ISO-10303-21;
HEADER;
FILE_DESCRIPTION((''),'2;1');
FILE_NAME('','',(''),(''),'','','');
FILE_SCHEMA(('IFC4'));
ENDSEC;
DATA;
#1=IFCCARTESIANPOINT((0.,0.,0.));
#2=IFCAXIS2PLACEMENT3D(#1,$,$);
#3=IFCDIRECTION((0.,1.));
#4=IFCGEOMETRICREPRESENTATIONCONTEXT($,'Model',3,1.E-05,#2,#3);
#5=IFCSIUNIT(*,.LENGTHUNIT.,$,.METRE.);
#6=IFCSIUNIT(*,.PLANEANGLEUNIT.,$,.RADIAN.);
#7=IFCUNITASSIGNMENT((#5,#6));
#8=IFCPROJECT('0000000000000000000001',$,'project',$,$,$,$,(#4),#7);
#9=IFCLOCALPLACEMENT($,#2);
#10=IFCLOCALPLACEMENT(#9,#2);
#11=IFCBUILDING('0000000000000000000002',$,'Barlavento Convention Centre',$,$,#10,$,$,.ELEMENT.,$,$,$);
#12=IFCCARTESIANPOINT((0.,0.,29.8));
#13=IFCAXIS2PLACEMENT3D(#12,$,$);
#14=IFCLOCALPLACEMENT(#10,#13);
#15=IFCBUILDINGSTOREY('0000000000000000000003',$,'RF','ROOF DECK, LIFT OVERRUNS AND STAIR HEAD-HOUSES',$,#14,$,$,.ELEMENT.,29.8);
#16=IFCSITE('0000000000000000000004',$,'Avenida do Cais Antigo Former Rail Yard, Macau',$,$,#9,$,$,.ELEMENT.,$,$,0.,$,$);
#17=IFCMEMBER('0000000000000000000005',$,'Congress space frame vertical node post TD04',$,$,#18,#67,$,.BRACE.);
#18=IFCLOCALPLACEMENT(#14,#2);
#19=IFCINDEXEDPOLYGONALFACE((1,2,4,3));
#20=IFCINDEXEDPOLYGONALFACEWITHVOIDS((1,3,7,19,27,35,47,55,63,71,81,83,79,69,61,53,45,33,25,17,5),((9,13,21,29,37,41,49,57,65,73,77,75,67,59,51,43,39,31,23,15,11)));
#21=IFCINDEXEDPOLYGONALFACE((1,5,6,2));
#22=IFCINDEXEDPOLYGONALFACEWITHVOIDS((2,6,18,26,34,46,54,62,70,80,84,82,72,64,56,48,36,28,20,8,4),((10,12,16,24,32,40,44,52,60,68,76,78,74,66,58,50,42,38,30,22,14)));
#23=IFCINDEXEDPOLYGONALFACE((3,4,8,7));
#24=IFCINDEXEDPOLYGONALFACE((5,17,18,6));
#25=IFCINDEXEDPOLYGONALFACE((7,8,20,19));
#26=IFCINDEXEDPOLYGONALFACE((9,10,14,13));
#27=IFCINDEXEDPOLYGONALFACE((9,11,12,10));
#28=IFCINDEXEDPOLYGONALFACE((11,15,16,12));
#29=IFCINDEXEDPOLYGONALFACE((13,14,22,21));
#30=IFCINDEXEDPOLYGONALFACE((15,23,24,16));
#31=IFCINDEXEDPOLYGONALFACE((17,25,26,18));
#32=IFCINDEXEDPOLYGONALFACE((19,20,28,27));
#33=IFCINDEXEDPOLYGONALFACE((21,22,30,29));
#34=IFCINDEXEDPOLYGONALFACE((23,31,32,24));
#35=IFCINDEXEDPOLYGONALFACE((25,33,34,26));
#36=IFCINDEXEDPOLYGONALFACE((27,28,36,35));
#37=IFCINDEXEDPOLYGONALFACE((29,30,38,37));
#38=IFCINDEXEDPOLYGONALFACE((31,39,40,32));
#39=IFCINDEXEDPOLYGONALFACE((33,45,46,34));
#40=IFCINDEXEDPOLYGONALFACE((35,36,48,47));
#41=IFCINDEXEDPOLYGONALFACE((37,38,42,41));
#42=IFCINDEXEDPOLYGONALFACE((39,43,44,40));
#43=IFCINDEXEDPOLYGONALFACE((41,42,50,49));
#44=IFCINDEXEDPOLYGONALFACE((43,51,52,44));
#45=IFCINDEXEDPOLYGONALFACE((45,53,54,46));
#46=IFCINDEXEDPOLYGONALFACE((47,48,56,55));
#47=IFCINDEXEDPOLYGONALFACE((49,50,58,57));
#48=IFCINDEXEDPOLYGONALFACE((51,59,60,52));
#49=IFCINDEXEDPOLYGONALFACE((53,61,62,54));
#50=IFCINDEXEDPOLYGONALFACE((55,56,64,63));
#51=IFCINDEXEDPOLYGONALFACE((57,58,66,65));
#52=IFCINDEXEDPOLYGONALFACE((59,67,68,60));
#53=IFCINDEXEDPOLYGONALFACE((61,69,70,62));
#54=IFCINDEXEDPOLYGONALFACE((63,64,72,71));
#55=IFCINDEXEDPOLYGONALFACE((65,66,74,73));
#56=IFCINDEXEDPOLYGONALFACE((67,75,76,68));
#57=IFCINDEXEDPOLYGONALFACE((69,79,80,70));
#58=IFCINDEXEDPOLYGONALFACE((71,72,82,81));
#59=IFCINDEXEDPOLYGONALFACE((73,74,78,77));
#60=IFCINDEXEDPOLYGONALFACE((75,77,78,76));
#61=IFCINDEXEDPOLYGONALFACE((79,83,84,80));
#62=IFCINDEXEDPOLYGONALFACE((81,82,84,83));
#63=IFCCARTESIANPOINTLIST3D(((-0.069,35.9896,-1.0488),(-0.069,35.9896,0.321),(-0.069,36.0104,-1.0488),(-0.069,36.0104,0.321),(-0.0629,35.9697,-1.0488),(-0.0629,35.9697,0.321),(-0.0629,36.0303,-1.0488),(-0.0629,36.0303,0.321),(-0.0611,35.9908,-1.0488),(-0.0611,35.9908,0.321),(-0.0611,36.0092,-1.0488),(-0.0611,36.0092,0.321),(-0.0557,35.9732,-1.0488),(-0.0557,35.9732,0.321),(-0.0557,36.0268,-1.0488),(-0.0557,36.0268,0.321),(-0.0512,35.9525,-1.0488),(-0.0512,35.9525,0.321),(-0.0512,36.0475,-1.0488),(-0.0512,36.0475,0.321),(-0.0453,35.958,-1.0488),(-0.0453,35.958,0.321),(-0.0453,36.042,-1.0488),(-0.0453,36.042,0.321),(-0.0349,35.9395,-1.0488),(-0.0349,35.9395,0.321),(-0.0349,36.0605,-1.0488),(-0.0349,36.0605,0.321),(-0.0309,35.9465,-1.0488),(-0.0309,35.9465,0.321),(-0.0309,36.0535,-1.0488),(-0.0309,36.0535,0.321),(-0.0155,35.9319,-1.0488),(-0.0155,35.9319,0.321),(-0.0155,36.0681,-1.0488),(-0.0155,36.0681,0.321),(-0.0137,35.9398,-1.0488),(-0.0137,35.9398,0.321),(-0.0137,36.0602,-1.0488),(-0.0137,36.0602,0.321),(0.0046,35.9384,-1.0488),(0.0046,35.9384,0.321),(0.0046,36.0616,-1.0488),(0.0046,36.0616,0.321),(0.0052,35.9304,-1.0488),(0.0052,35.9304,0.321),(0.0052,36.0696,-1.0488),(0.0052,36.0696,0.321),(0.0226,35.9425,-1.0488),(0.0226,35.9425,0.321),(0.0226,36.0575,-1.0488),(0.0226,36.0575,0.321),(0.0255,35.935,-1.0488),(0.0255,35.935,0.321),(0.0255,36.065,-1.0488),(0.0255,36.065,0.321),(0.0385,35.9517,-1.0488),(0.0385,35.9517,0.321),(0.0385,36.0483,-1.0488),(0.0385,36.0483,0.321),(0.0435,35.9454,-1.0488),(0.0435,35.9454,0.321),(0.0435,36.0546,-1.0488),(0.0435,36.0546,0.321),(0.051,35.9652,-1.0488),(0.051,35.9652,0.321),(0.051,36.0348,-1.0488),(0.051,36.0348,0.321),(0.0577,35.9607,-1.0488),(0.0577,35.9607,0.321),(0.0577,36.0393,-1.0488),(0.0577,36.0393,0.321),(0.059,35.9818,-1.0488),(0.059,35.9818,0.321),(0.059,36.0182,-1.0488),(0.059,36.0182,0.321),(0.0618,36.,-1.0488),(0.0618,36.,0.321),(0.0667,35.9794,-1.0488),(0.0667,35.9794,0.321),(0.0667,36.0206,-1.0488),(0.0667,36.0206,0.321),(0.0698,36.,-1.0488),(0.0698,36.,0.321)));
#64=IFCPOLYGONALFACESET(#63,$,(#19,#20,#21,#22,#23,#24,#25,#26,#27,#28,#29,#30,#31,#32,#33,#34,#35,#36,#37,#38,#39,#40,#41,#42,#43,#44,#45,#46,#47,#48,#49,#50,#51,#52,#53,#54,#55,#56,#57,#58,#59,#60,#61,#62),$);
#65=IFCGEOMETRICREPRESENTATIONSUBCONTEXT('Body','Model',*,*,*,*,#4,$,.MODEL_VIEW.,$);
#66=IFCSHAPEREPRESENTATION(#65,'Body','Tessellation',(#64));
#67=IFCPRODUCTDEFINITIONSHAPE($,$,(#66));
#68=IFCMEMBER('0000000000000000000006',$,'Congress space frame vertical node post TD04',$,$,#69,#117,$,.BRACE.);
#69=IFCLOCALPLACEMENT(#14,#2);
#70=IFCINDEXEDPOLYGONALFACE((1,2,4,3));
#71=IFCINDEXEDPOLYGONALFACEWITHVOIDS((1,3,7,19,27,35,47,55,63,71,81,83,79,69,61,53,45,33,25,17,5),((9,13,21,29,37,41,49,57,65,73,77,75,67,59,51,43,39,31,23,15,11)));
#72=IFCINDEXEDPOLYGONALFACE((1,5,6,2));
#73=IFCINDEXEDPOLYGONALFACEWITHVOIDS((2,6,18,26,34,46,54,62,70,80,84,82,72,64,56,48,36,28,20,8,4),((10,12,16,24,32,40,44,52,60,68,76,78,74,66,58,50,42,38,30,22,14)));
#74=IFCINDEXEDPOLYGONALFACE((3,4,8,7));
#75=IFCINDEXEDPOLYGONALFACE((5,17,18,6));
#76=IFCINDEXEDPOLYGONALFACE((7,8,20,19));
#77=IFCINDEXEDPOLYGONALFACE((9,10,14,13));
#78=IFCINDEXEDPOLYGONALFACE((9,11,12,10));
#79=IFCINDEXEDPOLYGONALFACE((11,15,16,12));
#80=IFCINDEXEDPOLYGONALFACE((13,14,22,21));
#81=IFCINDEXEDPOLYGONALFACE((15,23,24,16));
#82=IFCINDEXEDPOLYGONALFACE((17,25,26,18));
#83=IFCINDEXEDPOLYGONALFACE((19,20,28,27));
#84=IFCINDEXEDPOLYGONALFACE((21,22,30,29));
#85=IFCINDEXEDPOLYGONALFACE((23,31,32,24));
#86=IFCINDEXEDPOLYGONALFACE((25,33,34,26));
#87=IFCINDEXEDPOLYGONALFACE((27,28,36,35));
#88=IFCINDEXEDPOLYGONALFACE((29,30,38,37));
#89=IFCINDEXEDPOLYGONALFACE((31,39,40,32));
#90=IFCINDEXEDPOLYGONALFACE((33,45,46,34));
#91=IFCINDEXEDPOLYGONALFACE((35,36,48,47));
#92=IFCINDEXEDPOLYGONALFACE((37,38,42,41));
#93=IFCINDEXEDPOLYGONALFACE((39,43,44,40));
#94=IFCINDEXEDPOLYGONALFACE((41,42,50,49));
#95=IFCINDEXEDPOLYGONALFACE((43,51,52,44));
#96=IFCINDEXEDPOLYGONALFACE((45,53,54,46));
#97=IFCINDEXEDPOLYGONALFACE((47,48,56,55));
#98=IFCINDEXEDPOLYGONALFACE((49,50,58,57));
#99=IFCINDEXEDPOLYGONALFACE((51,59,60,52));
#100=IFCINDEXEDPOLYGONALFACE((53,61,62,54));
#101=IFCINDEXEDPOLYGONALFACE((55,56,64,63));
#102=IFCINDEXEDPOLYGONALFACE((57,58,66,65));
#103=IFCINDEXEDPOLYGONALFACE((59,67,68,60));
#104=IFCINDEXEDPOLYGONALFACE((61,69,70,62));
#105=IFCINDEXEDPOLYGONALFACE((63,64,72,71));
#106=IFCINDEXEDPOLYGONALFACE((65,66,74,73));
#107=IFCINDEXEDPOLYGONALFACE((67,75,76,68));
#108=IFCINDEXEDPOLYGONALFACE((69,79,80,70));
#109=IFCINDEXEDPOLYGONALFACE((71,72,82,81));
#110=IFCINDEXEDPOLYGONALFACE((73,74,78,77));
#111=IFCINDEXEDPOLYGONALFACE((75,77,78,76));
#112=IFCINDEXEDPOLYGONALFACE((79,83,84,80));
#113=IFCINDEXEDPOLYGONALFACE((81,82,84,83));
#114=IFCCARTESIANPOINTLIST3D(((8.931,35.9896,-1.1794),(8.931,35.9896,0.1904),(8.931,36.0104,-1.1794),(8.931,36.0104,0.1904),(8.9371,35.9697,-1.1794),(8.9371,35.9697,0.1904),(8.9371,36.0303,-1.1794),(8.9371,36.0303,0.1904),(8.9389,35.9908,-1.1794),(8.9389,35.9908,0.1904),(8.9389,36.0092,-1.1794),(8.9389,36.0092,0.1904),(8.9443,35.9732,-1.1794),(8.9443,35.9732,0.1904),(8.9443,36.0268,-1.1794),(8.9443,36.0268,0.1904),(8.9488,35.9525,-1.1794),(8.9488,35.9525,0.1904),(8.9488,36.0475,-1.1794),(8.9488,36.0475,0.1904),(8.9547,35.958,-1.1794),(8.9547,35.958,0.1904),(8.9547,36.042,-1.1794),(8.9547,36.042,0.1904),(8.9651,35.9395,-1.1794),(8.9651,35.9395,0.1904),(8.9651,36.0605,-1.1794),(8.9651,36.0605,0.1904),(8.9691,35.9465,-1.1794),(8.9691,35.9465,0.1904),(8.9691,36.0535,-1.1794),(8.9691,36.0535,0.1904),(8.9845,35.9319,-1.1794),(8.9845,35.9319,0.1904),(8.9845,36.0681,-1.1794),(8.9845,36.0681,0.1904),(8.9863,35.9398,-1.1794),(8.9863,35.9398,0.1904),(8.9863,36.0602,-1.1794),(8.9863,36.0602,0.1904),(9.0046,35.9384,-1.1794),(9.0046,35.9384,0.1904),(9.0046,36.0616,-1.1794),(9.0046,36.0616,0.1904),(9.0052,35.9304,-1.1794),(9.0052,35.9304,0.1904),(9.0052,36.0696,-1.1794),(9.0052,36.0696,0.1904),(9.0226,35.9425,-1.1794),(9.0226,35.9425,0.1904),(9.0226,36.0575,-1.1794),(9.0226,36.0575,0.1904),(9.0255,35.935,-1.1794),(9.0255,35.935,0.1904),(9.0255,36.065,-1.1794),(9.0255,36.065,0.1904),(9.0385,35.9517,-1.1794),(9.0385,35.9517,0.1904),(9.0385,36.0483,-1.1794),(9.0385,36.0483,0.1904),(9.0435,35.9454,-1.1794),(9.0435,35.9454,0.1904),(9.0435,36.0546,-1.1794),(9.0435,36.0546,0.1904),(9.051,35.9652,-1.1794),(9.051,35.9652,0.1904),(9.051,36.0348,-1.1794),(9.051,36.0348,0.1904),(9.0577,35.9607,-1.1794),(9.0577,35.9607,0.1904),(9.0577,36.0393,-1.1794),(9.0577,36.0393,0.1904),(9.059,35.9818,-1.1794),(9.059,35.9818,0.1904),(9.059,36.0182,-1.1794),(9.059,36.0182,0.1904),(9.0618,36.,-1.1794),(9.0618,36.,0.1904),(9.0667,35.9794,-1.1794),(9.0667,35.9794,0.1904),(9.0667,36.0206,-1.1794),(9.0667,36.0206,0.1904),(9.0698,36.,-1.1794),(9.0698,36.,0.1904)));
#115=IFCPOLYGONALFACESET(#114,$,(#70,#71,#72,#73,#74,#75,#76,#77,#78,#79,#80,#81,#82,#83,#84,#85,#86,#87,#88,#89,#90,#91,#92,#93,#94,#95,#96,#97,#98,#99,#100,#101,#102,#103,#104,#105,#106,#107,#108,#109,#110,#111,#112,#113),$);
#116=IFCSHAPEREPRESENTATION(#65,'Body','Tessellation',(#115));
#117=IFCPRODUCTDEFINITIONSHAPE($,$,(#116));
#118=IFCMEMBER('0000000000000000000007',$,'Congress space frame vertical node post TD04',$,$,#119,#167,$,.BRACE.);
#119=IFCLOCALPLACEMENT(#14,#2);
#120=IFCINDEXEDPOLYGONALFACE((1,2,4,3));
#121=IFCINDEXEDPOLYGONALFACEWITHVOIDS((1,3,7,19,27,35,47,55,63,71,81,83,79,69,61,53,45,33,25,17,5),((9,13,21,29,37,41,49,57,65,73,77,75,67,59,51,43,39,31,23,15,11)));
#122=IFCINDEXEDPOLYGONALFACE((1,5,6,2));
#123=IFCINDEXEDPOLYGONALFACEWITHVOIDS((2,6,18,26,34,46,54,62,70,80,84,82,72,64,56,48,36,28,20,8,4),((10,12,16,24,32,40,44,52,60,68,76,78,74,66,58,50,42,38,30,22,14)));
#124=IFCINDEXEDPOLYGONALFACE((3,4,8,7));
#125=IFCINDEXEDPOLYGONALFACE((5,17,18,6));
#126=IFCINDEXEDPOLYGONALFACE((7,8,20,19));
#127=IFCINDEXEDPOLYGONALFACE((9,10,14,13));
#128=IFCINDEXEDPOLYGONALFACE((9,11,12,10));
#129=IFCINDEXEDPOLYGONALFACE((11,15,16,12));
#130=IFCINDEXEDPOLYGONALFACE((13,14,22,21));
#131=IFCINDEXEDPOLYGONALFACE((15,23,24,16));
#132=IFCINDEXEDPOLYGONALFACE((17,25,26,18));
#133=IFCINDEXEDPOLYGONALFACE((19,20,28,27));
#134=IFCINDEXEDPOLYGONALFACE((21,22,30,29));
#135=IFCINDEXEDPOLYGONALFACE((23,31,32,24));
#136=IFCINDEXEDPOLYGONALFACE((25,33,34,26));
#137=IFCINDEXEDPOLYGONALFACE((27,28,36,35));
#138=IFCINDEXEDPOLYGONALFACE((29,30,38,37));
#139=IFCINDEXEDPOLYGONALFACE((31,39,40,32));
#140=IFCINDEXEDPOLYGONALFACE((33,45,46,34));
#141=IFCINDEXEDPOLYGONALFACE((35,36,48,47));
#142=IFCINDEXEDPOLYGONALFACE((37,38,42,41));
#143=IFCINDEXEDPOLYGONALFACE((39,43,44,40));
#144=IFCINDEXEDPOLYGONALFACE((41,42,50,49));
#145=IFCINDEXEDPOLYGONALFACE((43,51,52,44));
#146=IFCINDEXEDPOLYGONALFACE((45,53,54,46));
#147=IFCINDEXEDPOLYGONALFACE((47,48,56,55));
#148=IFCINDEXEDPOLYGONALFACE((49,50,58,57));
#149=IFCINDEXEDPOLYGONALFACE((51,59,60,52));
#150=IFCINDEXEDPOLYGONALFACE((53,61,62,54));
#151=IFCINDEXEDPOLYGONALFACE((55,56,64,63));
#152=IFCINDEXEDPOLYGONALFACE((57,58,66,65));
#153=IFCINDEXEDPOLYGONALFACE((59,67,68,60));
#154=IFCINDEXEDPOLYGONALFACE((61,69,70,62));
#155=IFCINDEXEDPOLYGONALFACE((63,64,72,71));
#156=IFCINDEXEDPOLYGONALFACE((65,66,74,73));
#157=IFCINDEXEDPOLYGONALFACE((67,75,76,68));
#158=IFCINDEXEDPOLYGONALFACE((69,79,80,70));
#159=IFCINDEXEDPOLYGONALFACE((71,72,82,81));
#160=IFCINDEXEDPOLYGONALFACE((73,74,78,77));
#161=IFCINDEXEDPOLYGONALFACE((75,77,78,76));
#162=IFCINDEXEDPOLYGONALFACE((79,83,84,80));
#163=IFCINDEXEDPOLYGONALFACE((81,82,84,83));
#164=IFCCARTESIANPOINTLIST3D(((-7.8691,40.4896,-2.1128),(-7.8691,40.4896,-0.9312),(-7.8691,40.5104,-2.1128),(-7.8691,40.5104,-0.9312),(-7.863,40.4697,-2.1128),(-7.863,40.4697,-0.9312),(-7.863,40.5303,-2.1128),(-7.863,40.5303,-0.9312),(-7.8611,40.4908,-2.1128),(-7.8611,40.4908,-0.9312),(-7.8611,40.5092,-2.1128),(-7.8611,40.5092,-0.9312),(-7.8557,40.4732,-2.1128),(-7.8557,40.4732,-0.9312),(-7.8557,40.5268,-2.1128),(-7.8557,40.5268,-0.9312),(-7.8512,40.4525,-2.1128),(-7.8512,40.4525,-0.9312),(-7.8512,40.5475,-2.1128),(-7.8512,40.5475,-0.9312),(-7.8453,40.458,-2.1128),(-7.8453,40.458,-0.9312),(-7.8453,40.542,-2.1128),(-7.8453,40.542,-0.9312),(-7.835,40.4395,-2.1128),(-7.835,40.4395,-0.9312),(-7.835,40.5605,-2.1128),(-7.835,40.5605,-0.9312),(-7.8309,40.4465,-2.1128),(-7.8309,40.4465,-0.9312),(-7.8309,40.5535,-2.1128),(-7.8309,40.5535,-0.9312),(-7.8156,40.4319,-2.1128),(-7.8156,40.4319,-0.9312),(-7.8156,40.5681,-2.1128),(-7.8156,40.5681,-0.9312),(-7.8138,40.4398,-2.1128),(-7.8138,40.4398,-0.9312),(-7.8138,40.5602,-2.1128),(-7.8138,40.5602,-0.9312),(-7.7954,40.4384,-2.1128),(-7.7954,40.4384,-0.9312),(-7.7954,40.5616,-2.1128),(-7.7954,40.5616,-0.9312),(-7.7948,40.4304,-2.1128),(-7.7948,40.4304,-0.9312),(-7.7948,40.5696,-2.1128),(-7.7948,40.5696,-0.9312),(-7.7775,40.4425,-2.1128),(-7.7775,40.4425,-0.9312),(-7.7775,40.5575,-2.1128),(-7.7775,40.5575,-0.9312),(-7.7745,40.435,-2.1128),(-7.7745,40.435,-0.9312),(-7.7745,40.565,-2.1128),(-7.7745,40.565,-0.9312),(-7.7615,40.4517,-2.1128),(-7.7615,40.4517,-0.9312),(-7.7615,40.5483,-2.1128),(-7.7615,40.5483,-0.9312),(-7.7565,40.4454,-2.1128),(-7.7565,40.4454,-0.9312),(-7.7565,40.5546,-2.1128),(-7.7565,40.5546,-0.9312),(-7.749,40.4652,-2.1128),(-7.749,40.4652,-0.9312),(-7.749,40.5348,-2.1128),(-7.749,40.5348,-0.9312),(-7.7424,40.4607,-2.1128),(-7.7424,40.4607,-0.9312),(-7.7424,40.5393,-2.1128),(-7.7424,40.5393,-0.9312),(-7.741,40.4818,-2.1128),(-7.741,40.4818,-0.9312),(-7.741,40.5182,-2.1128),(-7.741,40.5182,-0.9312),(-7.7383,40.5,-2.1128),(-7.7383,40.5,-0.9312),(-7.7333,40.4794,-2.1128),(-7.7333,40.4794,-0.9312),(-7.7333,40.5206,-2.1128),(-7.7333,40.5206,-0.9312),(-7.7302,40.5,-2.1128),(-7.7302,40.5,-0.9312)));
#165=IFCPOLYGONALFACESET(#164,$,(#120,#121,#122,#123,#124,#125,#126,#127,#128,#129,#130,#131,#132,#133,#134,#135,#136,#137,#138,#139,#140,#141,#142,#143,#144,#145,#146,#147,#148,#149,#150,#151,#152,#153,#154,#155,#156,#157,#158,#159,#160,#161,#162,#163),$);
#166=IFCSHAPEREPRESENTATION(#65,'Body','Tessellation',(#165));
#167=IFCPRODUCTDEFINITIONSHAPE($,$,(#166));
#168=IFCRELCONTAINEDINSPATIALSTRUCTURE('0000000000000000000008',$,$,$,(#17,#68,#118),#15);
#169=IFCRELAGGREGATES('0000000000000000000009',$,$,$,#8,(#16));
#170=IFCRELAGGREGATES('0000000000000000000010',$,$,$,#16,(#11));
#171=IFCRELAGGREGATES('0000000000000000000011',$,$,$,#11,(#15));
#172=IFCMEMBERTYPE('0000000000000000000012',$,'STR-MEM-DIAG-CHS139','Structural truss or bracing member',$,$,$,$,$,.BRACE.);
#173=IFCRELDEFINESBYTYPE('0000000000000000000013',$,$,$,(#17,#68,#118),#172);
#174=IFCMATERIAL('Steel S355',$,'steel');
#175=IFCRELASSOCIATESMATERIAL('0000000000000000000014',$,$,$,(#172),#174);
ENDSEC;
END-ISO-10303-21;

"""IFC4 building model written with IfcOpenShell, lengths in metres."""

from ifc_helpers import new_model, si_unit, direction, frame, origin, origin_2d, place, context, subcontext, project, spatial, hollow_circle, extrude, material, material_profile, profile_set, type_object, element, save


model = new_model("IFC4")

# Units and contexts
model_context = context("Model", 3, precision=1e-05, world=origin(), true_north=direction((0.0, 1.0)))
body_context = subcontext(model_context, "Body", "Model", "MODEL_VIEW")
ifc_project = project(units=[si_unit("LENGTHUNIT", "METRE"), si_unit("PLANEANGLEUNIT", "RADIAN")], contexts=[model_context])

# Site, building, storey
site_placement = place(None, origin())
site = spatial("IfcSite", under=ifc_project, at=site_placement, Name="Avenida do Cais Antigo Former Rail Yard, Macau", CompositionType="ELEMENT", RefElevation=0.0)
building_placement = place(site_placement, origin())
building = spatial("IfcBuilding", under=site, at=building_placement, Name="Barlavento Convention Centre", CompositionType="ELEMENT")
storey_placement = place(building_placement, frame((0.0, 0.0, 29.8)))
storey = spatial("IfcBuildingStorey", under=building, at=storey_placement, Name="RF", Description="ROOF DECK, LIFT OVERRUNS AND STAIR HEAD-HOUSES", CompositionType="ELEMENT", Elevation=29.8)

# Shared definitions
ifc_material_1 = material(Name="Steel S355", Category="steel")

# Members
ifc_material_profile_1 = material_profile(ifc_material_1, hollow_circle(Radius=0.0698, WallThickness=0.0081, at=origin_2d()), Name="CHS 139.7x8.0")
ifc_profile_set_1 = profile_set([ifc_material_profile_1], Name="Steel S355")
member_type_1 = type_object("IfcMemberType", Name="STR-MEM-DIAG-CHS139", Description="Structural truss or bracing member", PredefinedType="BRACE", material=ifc_profile_set_1)
for number, where, z_axis, x_axis, name in (
    (1, (0.0, 36.0, -1.0488), (0.0, 0.0, 1.0), (1.0, 0.0, 0.0), "Congress space frame vertical node post TD04"),
    (2, (9.0, 36.0, -1.1794), (0.0, 0.0, 1.0), (1.0, 0.0, 0.0), "Congress space frame vertical node post TD04"),
):
    element("IfcMember", number, at=place(storey_placement, frame(where, z_axis=z_axis, x_axis=x_axis)), inside=storey, type_object=member_type_1, Name=name, PredefinedType="BRACE", context=body_context, shape_type="SweptSolid", body=[
        extrude(hollow_circle(Radius=0.0698, WallThickness=0.0081, at=origin_2d()), origin(), (0.0, 0.0, 1.0), 1.3699),
    ])
member_1_placement = place(storey_placement, frame((-7.8, 40.5, -2.1128), z_axis=(0.0, 0.0, 1.0), x_axis=(1.0, 0.0, 0.0)))
element("IfcMember", 3, at=member_1_placement, inside=storey, type_object=member_type_1, Name="Congress space frame vertical node post TD04", PredefinedType="BRACE", context=body_context, shape_type="SweptSolid", body=[
    extrude(hollow_circle(Radius=0.0698, WallThickness=0.0081, at=origin_2d()), origin(), (0.0, 0.0, 1.0), 1.1816),
])

save(model, "model.ifc")
